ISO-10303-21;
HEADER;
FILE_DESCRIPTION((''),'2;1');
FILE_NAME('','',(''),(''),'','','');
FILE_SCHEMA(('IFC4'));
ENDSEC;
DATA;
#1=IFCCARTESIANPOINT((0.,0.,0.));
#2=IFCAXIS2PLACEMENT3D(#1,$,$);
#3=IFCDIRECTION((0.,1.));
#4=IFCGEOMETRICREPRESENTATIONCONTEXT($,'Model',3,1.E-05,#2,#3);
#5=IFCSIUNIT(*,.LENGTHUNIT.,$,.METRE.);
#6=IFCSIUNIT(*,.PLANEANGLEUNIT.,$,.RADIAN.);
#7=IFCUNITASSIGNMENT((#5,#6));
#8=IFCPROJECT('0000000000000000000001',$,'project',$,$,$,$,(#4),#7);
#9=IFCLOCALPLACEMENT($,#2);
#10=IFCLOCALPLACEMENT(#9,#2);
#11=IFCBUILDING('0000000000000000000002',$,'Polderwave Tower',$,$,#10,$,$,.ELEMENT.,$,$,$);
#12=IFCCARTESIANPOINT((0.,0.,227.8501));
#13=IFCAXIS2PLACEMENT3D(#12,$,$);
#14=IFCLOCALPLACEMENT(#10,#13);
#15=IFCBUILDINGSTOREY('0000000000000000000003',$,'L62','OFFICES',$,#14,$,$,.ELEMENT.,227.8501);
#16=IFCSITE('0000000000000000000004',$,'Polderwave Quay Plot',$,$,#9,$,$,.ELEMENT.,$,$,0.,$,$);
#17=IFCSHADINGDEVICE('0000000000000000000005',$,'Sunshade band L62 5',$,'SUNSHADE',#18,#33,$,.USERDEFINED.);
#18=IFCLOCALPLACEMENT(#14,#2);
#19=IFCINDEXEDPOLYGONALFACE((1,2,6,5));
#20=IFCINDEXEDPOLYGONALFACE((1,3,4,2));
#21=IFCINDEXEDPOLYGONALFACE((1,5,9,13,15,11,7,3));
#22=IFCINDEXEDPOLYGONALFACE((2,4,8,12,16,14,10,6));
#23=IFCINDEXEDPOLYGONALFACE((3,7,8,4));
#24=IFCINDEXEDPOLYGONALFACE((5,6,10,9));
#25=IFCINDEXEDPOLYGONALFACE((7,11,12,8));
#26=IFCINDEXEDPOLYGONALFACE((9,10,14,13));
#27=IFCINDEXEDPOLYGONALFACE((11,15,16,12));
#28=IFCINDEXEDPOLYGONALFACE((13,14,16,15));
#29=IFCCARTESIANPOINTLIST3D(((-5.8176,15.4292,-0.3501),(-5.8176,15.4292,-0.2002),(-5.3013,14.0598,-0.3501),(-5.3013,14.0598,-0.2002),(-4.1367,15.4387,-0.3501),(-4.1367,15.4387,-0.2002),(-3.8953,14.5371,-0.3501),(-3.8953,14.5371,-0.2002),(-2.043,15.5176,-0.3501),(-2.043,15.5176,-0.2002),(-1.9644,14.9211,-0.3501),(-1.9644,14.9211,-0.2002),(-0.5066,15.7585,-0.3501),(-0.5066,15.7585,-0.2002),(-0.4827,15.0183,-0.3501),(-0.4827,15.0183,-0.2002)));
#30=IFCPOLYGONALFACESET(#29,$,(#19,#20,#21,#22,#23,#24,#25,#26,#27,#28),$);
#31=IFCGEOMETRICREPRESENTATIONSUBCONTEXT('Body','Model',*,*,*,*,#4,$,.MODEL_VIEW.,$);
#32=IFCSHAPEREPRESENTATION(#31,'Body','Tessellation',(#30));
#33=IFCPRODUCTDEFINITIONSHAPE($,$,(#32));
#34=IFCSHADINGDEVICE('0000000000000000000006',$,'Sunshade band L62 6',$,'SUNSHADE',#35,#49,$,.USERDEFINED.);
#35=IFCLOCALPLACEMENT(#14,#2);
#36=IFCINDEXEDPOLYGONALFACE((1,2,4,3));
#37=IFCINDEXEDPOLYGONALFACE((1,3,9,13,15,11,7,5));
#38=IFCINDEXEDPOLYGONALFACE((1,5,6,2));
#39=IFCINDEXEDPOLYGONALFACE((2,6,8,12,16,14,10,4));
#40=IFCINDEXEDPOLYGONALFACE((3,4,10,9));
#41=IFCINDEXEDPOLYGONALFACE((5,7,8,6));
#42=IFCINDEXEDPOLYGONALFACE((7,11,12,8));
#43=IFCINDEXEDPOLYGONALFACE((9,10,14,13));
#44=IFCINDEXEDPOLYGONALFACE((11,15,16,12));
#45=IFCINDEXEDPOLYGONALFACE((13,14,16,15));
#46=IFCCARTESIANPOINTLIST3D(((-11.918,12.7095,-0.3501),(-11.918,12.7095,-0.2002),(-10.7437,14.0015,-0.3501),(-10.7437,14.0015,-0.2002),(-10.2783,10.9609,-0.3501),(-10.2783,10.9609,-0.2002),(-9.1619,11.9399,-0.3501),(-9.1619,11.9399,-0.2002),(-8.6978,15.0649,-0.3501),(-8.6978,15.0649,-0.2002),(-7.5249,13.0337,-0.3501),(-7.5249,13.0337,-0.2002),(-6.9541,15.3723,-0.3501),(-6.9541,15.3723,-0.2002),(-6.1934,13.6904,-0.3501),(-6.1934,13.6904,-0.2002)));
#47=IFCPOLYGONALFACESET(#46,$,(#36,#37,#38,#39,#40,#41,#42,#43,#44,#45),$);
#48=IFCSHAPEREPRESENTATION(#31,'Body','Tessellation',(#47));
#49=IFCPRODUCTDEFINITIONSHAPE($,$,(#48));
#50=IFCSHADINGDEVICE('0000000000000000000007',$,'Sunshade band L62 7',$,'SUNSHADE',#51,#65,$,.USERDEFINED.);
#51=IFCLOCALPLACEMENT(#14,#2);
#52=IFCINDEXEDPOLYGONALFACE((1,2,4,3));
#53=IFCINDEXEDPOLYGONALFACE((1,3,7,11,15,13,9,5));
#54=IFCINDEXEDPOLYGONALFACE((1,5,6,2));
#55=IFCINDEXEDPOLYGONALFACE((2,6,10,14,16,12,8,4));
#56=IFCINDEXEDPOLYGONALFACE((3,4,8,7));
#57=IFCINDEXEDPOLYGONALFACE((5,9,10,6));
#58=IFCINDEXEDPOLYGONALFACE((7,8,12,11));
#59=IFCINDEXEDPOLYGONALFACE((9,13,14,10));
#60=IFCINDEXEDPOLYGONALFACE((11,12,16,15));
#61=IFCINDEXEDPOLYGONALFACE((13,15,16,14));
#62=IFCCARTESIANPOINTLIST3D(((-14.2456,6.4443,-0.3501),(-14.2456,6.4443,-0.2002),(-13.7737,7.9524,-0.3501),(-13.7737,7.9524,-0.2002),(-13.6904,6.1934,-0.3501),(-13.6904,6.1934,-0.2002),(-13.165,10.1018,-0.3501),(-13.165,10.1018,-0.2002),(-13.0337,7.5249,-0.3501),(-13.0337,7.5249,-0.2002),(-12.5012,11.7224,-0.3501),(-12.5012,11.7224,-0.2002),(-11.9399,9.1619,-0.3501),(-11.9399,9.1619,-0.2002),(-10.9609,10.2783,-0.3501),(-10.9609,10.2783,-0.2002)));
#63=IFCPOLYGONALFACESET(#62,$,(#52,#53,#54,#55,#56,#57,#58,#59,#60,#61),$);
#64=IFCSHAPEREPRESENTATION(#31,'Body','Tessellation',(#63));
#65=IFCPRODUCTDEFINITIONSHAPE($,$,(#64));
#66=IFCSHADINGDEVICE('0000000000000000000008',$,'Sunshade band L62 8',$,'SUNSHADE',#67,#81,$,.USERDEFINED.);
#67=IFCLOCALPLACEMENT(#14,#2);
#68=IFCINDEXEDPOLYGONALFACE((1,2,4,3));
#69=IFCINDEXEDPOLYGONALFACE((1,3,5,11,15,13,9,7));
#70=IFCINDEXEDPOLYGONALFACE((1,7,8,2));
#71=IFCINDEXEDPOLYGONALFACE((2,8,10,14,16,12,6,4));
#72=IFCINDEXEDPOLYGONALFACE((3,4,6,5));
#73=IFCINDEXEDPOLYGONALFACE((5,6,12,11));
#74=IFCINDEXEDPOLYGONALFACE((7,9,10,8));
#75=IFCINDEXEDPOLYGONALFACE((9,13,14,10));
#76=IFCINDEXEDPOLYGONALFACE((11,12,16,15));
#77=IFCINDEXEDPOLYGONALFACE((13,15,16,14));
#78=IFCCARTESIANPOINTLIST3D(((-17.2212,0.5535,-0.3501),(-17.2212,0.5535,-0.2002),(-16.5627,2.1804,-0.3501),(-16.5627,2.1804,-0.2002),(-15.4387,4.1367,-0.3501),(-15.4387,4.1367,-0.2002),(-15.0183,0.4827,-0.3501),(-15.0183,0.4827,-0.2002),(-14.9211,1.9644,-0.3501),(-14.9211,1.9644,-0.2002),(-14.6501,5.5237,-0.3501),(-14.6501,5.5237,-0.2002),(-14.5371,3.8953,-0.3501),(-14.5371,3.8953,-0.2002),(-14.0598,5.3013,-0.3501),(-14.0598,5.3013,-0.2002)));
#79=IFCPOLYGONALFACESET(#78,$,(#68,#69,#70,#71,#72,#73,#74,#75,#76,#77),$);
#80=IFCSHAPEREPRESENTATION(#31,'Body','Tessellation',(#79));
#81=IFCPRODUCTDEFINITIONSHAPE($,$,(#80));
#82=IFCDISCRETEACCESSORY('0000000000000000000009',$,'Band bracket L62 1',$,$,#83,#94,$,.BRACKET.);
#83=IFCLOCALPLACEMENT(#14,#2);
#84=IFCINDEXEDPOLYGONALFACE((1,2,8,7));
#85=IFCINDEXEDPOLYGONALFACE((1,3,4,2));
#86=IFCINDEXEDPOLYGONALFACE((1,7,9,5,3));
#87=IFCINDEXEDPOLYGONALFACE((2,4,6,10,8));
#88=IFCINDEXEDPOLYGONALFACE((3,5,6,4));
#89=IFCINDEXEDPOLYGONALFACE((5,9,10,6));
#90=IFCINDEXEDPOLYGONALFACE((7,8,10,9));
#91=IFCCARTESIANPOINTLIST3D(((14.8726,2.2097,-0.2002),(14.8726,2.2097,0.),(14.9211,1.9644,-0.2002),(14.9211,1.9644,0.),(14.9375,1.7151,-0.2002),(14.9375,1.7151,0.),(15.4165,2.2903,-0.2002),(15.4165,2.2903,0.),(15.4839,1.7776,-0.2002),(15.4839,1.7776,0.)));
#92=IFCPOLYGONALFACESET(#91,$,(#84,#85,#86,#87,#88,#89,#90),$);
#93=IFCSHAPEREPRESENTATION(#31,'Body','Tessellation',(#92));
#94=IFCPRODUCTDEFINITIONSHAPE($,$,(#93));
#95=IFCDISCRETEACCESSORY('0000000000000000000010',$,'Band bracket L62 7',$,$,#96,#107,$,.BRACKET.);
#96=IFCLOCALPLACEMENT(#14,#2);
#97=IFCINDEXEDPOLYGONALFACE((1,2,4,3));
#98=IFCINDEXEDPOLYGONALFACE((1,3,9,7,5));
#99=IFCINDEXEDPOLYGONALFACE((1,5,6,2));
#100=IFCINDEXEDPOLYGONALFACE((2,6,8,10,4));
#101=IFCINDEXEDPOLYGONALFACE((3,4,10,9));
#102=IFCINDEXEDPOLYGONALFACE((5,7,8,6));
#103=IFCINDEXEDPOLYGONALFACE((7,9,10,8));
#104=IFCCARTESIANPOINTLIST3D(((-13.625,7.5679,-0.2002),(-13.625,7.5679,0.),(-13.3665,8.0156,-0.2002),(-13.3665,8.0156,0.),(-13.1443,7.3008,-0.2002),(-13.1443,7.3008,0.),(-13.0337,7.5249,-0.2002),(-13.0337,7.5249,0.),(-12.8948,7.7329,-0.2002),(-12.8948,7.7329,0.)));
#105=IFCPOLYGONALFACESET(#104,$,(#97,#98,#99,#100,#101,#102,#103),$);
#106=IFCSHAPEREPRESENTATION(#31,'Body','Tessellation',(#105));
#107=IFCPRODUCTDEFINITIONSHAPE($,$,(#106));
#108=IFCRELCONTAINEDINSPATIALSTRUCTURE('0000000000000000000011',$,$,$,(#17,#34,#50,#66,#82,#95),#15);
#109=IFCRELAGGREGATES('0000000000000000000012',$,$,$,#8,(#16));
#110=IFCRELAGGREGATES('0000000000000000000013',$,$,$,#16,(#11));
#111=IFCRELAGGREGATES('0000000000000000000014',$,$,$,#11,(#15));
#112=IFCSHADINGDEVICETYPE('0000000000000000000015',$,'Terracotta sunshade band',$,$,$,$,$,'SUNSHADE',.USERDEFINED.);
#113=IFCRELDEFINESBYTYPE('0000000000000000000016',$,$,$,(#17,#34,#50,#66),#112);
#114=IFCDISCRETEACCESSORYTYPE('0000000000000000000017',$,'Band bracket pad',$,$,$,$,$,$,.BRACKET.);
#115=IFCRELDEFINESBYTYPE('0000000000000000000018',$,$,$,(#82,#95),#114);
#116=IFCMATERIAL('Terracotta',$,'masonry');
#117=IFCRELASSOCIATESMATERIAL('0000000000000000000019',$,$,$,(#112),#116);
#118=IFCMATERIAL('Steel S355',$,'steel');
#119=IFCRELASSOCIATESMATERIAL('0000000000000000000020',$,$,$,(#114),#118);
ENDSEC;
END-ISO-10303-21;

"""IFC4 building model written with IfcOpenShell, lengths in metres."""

from ifc_helpers import new_model, si_unit, direction, frame, origin, place, context, subcontext, project, spatial, polyline, outline, extrude, material, type_object, element, save


model = new_model("IFC4")

# Units and contexts
model_context = context("Model", 3, precision=1e-05, world=origin(), true_north=direction((0.0, 1.0)))
body_context = subcontext(model_context, "Body", "Model", "MODEL_VIEW")
ifc_project = project(units=[si_unit("LENGTHUNIT", "METRE"), si_unit("PLANEANGLEUNIT", "RADIAN")], contexts=[model_context])

# Site, building, storey
site_placement = place(None, origin())
site = spatial("IfcSite", under=ifc_project, at=site_placement, Name="Polderwave Quay Plot", CompositionType="ELEMENT", RefElevation=0.0)
building_placement = place(site_placement, origin())
building = spatial("IfcBuilding", under=site, at=building_placement, Name="Polderwave Tower", CompositionType="ELEMENT")
storey_placement = place(building_placement, frame((0.0, 0.0, 227.8501)))
storey = spatial("IfcBuildingStorey", under=building, at=storey_placement, Name="L62", Description="OFFICES", CompositionType="ELEMENT", Elevation=227.8501)

# Shading devices
ifc_material_1 = material(Name="Terracotta", Category="masonry")
shading_device_type = type_object("IfcShadingDeviceType", Name="Terracotta sunshade band", ElementType="SUNSHADE", PredefinedType="USERDEFINED", material=ifc_material_1)
shading_device_1_placement = place(storey_placement, frame((0.0, 0.0, -0.3501)))
element("IfcShadingDevice", 1, at=shading_device_1_placement, inside=storey, type_object=shading_device_type, Name="Sunshade band L62 5", ObjectType="SUNSHADE", PredefinedType="USERDEFINED", context=body_context, shape_type="SweptSolid", body=[
    extrude(outline(polyline([(-0.4827, 15.0183), (-1.9644, 14.9211), (-3.8953, 14.5371), (-5.3013, 14.0598), (-5.8176, 15.4292), (-4.1367, 15.4387), (-2.043, 15.5176), (-0.5066, 15.7585), (-0.4827, 15.0183)])), origin(), (0.0, 0.0, 1.0), 0.1499),
])
shading_device_2_placement = place(storey_placement, frame((0.0, 0.0, -0.3501)))
element("IfcShadingDevice", 2, at=shading_device_2_placement, inside=storey, type_object=shading_device_type, Name="Sunshade band L62 6", ObjectType="SUNSHADE", PredefinedType="USERDEFINED", context=body_context, shape_type="SweptSolid", body=[
    extrude(outline(polyline([(-6.1934, 13.6904), (-7.5249, 13.0337), (-9.1619, 11.9399), (-10.2783, 10.9609), (-11.918, 12.7095), (-10.7437, 14.0015), (-8.6978, 15.0649), (-6.9541, 15.3723), (-6.1934, 13.6904)])), origin(), (0.0, 0.0, 1.0), 0.1499),
])
shading_device_3_placement = place(storey_placement, frame((0.0, 0.0, -0.3501)))
element("IfcShadingDevice", 3, at=shading_device_3_placement, inside=storey, type_object=shading_device_type, Name="Sunshade band L62 7", ObjectType="SUNSHADE", PredefinedType="USERDEFINED", context=body_context, shape_type="SweptSolid", body=[
    extrude(outline(polyline([(-10.9609, 10.2783), (-11.9399, 9.1619), (-13.0337, 7.5249), (-13.6904, 6.1934), (-14.2456, 6.4443), (-13.7737, 7.9524), (-13.165, 10.1018), (-12.5012, 11.7224), (-10.9609, 10.2783)])), origin(), (0.0, 0.0, 1.0), 0.1499),
])
shading_device_4_placement = place(storey_placement, frame((0.0, 0.0, -0.3501)))
element("IfcShadingDevice", 4, at=shading_device_4_placement, inside=storey, type_object=shading_device_type, Name="Sunshade band L62 8", ObjectType="SUNSHADE", PredefinedType="USERDEFINED", context=body_context, shape_type="SweptSolid", body=[
    extrude(outline(polyline([(-14.0598, 5.3013), (-14.5371, 3.8953), (-14.9211, 1.9644), (-15.0183, 0.4827), (-17.2212, 0.5535), (-16.5627, 2.1804), (-15.4387, 4.1367), (-14.6501, 5.5237), (-14.0598, 5.3013)])), origin(), (0.0, 0.0, 1.0), 0.1499),
])

# Discrete accessories
ifc_material_2 = material(Name="Steel S355", Category="steel")
discrete_accessory_type = type_object("IfcDiscreteAccessoryType", Name="Band bracket pad", PredefinedType="BRACKET", material=ifc_material_2)
discrete_accessory_1_placement = place(storey_placement, frame((0.0, 0.0, -0.2002)))
element("IfcDiscreteAccessory", 5, at=discrete_accessory_1_placement, inside=storey, type_object=discrete_accessory_type, Name="Band bracket L62 1", PredefinedType="BRACKET", context=body_context, shape_type="SweptSolid", body=[
    extrude(outline(polyline([(14.9375, 1.7151), (14.9211, 1.9644), (14.8726, 2.2097), (15.4165, 2.2903), (15.4839, 1.7776), (14.9375, 1.7151)])), origin(), (0.0, 0.0, 1.0), 0.2002),
])
discrete_accessory_2_placement = place(storey_placement, frame((0.0, 0.0, -0.2002)))
element("IfcDiscreteAccessory", 6, at=discrete_accessory_2_placement, inside=storey, type_object=discrete_accessory_type, Name="Band bracket L62 7", PredefinedType="BRACKET", context=body_context, shape_type="SweptSolid", body=[
    extrude(outline(polyline([(-12.8948, 7.7329), (-13.0337, 7.5249), (-13.1443, 7.3008), (-13.625, 7.5679), (-13.3665, 8.0156), (-12.8948, 7.7329)])), origin(), (0.0, 0.0, 1.0), 0.2002),
])

save(model, "model.ifc")
